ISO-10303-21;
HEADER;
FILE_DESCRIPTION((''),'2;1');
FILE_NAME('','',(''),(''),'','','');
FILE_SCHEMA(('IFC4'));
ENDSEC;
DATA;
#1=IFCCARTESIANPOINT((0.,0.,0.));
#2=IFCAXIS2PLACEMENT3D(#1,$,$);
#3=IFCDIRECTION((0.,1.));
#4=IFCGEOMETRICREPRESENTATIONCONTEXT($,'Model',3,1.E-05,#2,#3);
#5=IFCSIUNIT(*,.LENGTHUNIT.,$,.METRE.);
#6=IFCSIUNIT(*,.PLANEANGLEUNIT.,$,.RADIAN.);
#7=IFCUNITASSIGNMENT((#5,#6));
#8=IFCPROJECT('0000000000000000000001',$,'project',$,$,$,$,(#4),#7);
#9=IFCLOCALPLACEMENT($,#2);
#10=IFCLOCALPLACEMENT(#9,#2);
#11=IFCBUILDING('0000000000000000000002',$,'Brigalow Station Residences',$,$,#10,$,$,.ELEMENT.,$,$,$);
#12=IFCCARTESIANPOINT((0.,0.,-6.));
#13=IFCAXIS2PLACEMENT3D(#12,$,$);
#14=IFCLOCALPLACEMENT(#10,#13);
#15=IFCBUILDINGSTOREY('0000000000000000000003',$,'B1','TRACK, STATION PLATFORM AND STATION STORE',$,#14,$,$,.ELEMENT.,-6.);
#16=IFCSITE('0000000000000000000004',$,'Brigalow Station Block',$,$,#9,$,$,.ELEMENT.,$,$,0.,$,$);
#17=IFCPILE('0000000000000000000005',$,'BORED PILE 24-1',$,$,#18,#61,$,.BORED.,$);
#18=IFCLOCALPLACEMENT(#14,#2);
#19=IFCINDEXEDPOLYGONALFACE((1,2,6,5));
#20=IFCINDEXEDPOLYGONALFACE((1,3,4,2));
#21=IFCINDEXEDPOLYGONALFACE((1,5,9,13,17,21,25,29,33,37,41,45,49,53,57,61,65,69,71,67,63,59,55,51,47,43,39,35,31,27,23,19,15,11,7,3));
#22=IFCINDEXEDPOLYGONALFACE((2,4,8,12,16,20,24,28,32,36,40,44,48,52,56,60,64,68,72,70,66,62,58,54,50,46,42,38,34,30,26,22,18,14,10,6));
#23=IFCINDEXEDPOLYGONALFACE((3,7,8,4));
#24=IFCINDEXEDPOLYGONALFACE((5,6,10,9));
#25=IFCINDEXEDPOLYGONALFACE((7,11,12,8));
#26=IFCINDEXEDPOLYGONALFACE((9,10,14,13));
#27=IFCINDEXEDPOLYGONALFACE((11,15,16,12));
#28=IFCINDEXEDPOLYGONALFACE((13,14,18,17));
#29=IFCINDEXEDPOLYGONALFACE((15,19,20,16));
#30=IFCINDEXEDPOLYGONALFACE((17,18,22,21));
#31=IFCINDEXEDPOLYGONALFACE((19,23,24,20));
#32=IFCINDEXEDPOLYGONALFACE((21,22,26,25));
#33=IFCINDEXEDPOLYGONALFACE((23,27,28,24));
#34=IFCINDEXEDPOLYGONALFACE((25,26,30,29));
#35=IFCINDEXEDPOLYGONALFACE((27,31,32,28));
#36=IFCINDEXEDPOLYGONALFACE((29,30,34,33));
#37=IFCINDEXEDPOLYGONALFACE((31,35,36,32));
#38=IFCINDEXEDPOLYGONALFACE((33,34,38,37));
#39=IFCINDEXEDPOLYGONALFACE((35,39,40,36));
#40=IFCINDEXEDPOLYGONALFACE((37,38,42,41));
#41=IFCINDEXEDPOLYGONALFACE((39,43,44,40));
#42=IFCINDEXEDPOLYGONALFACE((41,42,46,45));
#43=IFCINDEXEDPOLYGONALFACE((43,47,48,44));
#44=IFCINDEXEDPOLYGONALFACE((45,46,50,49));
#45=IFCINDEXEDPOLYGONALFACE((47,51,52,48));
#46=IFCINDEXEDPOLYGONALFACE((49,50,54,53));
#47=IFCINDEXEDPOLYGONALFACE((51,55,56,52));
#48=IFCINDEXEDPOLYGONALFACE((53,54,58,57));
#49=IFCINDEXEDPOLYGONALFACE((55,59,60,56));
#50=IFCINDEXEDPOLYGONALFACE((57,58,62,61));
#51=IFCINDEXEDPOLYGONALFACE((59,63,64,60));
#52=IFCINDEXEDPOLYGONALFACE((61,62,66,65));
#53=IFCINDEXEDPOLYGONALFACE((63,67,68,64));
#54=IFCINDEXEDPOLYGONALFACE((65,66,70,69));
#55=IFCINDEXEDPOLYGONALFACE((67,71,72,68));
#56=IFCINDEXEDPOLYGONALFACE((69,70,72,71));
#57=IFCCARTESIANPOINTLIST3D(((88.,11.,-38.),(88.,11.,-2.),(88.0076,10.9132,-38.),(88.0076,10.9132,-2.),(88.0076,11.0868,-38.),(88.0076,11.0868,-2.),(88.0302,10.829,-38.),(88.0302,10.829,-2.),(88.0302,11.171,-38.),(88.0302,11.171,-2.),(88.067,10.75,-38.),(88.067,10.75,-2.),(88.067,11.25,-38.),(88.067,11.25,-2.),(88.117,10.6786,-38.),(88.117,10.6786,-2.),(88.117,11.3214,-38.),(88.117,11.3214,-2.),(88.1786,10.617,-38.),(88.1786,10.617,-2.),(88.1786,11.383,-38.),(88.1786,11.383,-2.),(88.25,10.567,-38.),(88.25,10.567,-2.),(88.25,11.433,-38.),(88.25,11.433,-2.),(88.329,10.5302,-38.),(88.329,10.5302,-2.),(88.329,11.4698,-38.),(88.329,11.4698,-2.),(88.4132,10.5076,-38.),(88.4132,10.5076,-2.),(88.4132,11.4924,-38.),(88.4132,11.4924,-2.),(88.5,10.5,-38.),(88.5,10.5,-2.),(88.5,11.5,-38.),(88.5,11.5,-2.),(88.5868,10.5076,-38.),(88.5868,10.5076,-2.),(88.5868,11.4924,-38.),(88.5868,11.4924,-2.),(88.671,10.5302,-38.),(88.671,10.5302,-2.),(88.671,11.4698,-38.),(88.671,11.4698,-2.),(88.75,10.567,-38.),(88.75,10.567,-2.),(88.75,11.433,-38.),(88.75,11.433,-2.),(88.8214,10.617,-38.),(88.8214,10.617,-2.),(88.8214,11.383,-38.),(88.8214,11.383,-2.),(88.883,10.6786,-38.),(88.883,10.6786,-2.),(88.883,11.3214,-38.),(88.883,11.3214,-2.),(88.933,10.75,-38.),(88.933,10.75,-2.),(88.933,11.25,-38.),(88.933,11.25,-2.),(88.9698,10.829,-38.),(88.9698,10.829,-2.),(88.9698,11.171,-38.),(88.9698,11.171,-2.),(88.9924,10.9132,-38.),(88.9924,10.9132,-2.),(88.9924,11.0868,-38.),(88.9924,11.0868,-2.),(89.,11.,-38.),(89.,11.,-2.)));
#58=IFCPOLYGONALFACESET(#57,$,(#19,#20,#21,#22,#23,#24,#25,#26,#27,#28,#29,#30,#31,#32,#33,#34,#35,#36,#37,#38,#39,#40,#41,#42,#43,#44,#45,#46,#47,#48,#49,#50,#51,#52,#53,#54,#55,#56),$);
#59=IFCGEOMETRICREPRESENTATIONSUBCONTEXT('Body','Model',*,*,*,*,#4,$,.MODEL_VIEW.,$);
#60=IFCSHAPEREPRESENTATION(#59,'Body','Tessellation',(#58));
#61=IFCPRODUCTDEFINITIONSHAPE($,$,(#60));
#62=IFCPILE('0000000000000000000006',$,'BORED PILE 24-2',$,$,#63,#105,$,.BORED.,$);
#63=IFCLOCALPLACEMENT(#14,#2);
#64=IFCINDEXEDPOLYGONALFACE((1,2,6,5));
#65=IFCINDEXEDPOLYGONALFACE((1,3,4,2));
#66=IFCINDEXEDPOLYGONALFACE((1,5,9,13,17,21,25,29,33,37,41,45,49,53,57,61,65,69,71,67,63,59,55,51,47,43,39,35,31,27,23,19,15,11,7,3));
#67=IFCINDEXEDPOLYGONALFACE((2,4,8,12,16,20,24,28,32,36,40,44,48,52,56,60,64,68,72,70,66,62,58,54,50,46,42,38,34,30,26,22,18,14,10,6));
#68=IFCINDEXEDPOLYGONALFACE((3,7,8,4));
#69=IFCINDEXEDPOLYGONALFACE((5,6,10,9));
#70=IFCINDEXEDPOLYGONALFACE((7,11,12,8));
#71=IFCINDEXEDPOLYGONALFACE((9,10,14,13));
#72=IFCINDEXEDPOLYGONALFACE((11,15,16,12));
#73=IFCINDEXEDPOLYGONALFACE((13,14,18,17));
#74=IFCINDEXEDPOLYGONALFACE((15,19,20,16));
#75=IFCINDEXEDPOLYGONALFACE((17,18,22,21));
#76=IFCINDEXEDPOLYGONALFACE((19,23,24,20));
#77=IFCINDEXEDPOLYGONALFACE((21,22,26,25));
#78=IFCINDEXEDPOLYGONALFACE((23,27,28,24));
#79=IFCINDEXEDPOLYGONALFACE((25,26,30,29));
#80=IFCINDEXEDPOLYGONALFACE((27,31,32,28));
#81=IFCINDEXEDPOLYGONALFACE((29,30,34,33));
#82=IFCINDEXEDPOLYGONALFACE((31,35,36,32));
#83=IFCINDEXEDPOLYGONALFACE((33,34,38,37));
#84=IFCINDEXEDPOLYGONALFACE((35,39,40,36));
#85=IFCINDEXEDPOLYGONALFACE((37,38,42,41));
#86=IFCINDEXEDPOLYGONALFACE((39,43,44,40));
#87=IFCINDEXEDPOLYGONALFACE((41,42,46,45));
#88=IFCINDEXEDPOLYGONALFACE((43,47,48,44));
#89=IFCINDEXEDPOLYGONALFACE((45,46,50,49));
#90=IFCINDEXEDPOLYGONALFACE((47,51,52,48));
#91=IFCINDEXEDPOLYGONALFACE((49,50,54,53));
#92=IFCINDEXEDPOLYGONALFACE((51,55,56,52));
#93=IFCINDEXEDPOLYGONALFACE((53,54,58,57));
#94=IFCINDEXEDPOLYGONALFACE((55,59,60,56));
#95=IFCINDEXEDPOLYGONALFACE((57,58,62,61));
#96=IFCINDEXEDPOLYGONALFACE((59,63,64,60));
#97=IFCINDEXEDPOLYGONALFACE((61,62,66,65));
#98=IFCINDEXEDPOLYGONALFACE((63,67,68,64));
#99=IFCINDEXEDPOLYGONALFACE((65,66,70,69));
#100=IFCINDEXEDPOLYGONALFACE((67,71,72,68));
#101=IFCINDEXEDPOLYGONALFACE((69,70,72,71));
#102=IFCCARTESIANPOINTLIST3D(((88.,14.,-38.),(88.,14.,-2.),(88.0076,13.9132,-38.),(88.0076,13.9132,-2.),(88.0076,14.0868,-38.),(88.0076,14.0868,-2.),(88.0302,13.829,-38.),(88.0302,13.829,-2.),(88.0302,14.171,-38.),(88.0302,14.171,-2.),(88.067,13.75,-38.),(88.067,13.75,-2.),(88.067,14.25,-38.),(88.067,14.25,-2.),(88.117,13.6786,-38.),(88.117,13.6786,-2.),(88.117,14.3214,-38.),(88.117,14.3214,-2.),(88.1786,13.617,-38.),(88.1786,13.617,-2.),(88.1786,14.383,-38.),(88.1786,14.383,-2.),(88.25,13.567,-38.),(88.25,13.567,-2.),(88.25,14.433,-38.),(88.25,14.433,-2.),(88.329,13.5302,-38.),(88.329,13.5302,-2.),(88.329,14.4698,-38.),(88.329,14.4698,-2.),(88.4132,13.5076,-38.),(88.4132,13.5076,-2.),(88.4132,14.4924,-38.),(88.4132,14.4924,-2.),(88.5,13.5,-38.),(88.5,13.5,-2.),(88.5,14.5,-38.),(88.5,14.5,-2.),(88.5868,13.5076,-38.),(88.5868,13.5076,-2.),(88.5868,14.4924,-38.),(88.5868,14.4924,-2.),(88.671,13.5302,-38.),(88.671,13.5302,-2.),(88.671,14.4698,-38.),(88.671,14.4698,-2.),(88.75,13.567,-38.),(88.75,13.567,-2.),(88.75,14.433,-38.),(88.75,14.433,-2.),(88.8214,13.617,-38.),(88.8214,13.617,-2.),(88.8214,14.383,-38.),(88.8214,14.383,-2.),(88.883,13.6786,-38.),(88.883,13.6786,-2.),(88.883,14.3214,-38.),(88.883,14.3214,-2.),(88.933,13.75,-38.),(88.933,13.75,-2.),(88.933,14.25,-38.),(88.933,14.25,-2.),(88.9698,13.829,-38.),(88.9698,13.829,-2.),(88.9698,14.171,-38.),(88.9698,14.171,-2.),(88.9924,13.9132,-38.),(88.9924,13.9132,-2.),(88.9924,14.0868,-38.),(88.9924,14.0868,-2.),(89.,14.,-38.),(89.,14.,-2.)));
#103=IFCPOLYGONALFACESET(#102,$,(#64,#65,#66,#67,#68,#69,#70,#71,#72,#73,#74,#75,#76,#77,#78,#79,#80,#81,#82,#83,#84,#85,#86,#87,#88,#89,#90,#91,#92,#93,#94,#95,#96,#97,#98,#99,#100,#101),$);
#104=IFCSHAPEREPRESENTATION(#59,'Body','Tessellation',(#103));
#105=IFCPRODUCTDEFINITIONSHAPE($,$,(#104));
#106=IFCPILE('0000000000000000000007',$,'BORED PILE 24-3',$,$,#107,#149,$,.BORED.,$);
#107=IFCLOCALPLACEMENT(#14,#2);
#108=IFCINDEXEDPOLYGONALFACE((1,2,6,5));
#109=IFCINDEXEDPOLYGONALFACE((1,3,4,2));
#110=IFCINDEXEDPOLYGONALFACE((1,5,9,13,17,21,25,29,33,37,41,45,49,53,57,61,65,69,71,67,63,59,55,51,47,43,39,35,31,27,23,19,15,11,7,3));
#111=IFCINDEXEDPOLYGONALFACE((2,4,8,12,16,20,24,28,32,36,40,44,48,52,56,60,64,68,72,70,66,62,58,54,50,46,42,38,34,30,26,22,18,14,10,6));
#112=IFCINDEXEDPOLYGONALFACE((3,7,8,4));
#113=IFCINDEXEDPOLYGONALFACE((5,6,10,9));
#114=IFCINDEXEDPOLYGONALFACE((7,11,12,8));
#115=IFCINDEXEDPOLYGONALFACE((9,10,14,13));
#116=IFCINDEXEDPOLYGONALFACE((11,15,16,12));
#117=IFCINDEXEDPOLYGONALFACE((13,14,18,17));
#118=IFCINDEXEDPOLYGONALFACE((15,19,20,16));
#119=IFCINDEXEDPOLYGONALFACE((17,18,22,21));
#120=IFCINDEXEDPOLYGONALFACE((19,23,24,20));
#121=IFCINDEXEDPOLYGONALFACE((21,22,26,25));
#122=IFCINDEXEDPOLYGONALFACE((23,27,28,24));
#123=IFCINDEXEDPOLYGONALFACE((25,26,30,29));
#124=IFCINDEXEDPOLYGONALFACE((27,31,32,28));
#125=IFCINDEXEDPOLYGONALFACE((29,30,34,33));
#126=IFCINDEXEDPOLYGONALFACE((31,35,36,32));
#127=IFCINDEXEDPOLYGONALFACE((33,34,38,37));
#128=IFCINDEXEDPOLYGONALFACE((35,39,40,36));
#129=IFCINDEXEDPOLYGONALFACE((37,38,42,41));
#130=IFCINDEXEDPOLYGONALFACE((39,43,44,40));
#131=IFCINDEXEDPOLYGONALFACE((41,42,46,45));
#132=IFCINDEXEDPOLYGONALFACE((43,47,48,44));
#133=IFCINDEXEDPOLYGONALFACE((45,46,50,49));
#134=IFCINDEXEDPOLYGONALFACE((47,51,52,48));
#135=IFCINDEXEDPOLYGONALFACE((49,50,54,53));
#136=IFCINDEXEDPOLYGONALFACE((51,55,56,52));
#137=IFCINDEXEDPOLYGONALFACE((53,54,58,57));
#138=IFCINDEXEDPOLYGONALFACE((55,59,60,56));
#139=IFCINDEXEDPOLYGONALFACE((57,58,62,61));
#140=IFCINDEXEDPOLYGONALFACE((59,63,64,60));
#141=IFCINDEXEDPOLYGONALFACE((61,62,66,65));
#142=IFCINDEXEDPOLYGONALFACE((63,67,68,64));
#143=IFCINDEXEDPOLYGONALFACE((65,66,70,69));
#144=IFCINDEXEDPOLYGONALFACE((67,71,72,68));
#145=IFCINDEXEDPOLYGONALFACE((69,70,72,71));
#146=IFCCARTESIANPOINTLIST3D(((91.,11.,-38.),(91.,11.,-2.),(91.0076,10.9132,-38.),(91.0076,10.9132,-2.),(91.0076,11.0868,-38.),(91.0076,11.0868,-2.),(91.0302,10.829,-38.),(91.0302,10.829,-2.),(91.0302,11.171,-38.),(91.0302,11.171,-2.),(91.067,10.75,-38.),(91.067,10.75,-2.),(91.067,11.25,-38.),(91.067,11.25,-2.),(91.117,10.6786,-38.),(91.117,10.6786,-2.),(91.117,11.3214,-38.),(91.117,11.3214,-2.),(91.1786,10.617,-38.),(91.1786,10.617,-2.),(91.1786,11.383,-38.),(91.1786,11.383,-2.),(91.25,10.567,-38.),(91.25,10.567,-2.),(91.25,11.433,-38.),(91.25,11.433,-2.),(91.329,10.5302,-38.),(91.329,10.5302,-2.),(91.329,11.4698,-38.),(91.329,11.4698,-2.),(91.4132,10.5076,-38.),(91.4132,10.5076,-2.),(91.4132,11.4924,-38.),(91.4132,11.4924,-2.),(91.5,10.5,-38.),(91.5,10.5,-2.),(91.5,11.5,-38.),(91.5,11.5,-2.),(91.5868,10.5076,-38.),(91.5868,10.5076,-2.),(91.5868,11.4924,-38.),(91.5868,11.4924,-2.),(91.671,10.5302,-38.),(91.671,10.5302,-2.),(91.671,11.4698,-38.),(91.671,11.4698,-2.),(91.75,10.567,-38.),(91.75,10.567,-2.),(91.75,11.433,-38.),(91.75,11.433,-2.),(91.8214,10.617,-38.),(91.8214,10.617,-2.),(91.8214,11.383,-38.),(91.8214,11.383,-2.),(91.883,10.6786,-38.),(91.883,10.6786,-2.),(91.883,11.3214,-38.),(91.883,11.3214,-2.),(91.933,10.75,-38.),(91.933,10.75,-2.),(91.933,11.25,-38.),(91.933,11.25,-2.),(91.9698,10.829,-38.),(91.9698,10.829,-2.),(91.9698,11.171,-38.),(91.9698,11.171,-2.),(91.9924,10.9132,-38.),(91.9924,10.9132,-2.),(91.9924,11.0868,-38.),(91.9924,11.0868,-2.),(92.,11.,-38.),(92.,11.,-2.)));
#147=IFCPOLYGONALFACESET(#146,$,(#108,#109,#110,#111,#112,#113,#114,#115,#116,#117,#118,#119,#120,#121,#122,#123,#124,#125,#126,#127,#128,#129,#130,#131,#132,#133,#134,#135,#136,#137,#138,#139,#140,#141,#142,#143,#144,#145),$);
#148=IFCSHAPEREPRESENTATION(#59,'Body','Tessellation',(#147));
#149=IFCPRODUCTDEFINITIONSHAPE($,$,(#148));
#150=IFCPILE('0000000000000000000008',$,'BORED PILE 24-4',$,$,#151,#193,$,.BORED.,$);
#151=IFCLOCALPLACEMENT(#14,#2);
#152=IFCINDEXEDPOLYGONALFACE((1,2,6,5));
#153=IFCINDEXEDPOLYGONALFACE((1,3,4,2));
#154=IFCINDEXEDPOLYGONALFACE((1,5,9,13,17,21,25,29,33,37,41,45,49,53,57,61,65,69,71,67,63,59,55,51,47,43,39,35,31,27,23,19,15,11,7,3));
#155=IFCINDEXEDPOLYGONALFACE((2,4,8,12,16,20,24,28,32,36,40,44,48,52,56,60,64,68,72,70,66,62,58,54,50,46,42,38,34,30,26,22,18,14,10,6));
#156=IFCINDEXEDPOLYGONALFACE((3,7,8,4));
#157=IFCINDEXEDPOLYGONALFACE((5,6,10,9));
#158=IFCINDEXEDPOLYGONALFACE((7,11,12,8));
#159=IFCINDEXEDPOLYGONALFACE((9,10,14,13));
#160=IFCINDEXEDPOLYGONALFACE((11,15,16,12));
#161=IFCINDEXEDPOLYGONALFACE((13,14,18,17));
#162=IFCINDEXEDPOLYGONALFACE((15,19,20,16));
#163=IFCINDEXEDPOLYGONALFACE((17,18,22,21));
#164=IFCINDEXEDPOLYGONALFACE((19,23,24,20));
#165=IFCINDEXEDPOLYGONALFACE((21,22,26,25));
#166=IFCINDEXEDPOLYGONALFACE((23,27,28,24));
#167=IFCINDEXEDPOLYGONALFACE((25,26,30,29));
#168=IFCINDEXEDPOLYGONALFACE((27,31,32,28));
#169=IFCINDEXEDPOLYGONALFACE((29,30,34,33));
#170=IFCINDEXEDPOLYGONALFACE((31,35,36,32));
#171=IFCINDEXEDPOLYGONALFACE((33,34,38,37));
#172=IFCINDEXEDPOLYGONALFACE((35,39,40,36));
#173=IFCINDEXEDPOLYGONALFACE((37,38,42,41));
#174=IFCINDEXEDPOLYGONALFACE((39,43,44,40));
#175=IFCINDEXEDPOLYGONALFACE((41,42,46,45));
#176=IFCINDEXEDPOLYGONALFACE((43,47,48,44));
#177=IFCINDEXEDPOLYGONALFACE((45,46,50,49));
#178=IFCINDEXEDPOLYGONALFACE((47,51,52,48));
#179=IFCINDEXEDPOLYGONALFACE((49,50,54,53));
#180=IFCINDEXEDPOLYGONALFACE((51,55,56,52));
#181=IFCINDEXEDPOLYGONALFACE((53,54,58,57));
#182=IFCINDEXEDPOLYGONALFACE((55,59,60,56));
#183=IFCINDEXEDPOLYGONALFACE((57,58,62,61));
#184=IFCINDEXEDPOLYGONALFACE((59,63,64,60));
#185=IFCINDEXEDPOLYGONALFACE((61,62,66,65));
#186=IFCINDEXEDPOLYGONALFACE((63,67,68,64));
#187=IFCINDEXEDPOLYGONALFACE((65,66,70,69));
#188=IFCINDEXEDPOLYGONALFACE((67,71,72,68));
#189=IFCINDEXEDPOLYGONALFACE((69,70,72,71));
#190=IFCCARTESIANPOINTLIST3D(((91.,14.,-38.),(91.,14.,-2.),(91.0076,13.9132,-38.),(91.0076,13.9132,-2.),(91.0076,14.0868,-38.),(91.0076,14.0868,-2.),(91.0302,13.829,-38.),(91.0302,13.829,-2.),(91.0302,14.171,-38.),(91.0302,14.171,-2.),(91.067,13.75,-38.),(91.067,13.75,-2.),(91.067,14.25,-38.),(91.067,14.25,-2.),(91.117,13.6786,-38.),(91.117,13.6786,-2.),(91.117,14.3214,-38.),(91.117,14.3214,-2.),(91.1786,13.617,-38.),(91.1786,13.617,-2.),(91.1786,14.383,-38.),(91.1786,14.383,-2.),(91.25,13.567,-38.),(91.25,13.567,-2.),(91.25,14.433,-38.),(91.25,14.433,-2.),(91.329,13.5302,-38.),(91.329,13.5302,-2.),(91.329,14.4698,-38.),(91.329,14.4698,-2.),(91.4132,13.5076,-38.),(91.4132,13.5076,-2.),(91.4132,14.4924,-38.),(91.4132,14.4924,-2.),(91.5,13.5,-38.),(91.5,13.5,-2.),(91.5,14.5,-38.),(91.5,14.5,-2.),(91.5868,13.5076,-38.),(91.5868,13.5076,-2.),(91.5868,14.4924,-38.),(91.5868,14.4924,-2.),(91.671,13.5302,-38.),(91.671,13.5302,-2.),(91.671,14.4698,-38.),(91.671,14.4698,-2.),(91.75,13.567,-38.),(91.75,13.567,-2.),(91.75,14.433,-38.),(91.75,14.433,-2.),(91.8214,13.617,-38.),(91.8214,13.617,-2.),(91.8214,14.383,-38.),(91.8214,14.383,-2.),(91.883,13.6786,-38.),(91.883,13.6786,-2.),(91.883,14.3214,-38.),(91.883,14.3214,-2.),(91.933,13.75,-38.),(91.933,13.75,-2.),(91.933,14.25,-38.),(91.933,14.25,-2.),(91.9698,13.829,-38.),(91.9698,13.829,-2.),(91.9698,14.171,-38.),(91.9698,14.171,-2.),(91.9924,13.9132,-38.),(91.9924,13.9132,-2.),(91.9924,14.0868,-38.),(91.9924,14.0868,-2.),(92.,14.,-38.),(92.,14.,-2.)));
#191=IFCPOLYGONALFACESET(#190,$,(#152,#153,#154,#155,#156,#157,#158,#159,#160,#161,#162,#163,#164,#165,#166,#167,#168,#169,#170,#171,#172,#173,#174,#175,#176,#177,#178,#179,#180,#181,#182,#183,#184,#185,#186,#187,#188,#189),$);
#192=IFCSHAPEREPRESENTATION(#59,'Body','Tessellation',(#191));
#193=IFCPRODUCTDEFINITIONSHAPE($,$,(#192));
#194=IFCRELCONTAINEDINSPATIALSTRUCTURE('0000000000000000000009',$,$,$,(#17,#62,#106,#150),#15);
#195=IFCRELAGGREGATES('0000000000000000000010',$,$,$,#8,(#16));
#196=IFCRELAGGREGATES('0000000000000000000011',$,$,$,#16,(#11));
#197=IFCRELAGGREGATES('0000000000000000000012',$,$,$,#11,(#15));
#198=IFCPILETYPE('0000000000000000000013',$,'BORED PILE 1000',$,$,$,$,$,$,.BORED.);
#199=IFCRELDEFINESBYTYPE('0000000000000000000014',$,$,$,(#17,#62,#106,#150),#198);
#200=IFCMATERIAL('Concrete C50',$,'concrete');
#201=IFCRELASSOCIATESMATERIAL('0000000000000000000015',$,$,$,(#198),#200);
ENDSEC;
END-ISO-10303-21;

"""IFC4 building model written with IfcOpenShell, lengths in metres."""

from ifc_helpers import new_model, si_unit, direction, frame, origin, origin_2d, place, context, subcontext, project, spatial, circle, extrude, material, material_profile, profile_set, type_object, element, save


model = new_model("IFC4")

# Units and contexts
model_context = context("Model", 3, precision=1e-05, world=origin(), true_north=direction((0.0, 1.0)))
body_context = subcontext(model_context, "Body", "Model", "MODEL_VIEW")
ifc_project = project(units=[si_unit("LENGTHUNIT", "METRE"), si_unit("PLANEANGLEUNIT", "RADIAN")], contexts=[model_context])

# Site, building, storey
site_placement = place(None, origin())
site = spatial("IfcSite", under=ifc_project, at=site_placement, Name="Brigalow Station Block", CompositionType="ELEMENT", RefElevation=0.0)
building_placement = place(site_placement, origin())
building = spatial("IfcBuilding", under=site, at=building_placement, Name="Brigalow Station Residences", CompositionType="ELEMENT")
storey_placement = place(building_placement, frame((0.0, 0.0, -6.0)))
storey = spatial("IfcBuildingStorey", under=building, at=storey_placement, Name="B1", Description="TRACK, STATION PLATFORM AND STATION STORE", CompositionType="ELEMENT", Elevation=-6.0)

# Piles
ifc_material_1 = material(Name="Concrete C50", Category="concrete")
ifc_material_profile_1 = material_profile(ifc_material_1, circle(Radius=0.5, at=origin_2d()), Name="BP1000")
ifc_profile_set_1 = profile_set([ifc_material_profile_1], Name="Concrete C50")
pile_type_1 = type_object("IfcPileType", Name="BORED PILE 1000", PredefinedType="BORED", material=ifc_profile_set_1)
for number, where, z_axis, x_axis, name in (
    (1, (88.5, 11.0, -2.0), (0.0, 0.0, -1.0), (1.0, 0.0, 0.0), "BORED PILE 24-1"),
    (2, (88.5, 14.0, -2.0), (0.0, 0.0, -1.0), (1.0, 0.0, 0.0), "BORED PILE 24-2"),
    (3, (91.5, 11.0, -2.0), (0.0, 0.0, -1.0), (1.0, 0.0, 0.0), "BORED PILE 24-3"),
    (4, (91.5, 14.0, -2.0), (0.0, 0.0, -1.0), (1.0, 0.0, 0.0), "BORED PILE 24-4"),
):
    element("IfcPile", number, at=place(storey_placement, frame(where, z_axis=z_axis, x_axis=x_axis)), inside=storey, type_object=pile_type_1, Name=name, PredefinedType="BORED", context=body_context, shape_type="SweptSolid", body=[
        extrude(circle(Radius=0.5, at=origin_2d()), origin(), (0.0, 0.0, 1.0), 36.0),
    ])

save(model, "model.ifc")
